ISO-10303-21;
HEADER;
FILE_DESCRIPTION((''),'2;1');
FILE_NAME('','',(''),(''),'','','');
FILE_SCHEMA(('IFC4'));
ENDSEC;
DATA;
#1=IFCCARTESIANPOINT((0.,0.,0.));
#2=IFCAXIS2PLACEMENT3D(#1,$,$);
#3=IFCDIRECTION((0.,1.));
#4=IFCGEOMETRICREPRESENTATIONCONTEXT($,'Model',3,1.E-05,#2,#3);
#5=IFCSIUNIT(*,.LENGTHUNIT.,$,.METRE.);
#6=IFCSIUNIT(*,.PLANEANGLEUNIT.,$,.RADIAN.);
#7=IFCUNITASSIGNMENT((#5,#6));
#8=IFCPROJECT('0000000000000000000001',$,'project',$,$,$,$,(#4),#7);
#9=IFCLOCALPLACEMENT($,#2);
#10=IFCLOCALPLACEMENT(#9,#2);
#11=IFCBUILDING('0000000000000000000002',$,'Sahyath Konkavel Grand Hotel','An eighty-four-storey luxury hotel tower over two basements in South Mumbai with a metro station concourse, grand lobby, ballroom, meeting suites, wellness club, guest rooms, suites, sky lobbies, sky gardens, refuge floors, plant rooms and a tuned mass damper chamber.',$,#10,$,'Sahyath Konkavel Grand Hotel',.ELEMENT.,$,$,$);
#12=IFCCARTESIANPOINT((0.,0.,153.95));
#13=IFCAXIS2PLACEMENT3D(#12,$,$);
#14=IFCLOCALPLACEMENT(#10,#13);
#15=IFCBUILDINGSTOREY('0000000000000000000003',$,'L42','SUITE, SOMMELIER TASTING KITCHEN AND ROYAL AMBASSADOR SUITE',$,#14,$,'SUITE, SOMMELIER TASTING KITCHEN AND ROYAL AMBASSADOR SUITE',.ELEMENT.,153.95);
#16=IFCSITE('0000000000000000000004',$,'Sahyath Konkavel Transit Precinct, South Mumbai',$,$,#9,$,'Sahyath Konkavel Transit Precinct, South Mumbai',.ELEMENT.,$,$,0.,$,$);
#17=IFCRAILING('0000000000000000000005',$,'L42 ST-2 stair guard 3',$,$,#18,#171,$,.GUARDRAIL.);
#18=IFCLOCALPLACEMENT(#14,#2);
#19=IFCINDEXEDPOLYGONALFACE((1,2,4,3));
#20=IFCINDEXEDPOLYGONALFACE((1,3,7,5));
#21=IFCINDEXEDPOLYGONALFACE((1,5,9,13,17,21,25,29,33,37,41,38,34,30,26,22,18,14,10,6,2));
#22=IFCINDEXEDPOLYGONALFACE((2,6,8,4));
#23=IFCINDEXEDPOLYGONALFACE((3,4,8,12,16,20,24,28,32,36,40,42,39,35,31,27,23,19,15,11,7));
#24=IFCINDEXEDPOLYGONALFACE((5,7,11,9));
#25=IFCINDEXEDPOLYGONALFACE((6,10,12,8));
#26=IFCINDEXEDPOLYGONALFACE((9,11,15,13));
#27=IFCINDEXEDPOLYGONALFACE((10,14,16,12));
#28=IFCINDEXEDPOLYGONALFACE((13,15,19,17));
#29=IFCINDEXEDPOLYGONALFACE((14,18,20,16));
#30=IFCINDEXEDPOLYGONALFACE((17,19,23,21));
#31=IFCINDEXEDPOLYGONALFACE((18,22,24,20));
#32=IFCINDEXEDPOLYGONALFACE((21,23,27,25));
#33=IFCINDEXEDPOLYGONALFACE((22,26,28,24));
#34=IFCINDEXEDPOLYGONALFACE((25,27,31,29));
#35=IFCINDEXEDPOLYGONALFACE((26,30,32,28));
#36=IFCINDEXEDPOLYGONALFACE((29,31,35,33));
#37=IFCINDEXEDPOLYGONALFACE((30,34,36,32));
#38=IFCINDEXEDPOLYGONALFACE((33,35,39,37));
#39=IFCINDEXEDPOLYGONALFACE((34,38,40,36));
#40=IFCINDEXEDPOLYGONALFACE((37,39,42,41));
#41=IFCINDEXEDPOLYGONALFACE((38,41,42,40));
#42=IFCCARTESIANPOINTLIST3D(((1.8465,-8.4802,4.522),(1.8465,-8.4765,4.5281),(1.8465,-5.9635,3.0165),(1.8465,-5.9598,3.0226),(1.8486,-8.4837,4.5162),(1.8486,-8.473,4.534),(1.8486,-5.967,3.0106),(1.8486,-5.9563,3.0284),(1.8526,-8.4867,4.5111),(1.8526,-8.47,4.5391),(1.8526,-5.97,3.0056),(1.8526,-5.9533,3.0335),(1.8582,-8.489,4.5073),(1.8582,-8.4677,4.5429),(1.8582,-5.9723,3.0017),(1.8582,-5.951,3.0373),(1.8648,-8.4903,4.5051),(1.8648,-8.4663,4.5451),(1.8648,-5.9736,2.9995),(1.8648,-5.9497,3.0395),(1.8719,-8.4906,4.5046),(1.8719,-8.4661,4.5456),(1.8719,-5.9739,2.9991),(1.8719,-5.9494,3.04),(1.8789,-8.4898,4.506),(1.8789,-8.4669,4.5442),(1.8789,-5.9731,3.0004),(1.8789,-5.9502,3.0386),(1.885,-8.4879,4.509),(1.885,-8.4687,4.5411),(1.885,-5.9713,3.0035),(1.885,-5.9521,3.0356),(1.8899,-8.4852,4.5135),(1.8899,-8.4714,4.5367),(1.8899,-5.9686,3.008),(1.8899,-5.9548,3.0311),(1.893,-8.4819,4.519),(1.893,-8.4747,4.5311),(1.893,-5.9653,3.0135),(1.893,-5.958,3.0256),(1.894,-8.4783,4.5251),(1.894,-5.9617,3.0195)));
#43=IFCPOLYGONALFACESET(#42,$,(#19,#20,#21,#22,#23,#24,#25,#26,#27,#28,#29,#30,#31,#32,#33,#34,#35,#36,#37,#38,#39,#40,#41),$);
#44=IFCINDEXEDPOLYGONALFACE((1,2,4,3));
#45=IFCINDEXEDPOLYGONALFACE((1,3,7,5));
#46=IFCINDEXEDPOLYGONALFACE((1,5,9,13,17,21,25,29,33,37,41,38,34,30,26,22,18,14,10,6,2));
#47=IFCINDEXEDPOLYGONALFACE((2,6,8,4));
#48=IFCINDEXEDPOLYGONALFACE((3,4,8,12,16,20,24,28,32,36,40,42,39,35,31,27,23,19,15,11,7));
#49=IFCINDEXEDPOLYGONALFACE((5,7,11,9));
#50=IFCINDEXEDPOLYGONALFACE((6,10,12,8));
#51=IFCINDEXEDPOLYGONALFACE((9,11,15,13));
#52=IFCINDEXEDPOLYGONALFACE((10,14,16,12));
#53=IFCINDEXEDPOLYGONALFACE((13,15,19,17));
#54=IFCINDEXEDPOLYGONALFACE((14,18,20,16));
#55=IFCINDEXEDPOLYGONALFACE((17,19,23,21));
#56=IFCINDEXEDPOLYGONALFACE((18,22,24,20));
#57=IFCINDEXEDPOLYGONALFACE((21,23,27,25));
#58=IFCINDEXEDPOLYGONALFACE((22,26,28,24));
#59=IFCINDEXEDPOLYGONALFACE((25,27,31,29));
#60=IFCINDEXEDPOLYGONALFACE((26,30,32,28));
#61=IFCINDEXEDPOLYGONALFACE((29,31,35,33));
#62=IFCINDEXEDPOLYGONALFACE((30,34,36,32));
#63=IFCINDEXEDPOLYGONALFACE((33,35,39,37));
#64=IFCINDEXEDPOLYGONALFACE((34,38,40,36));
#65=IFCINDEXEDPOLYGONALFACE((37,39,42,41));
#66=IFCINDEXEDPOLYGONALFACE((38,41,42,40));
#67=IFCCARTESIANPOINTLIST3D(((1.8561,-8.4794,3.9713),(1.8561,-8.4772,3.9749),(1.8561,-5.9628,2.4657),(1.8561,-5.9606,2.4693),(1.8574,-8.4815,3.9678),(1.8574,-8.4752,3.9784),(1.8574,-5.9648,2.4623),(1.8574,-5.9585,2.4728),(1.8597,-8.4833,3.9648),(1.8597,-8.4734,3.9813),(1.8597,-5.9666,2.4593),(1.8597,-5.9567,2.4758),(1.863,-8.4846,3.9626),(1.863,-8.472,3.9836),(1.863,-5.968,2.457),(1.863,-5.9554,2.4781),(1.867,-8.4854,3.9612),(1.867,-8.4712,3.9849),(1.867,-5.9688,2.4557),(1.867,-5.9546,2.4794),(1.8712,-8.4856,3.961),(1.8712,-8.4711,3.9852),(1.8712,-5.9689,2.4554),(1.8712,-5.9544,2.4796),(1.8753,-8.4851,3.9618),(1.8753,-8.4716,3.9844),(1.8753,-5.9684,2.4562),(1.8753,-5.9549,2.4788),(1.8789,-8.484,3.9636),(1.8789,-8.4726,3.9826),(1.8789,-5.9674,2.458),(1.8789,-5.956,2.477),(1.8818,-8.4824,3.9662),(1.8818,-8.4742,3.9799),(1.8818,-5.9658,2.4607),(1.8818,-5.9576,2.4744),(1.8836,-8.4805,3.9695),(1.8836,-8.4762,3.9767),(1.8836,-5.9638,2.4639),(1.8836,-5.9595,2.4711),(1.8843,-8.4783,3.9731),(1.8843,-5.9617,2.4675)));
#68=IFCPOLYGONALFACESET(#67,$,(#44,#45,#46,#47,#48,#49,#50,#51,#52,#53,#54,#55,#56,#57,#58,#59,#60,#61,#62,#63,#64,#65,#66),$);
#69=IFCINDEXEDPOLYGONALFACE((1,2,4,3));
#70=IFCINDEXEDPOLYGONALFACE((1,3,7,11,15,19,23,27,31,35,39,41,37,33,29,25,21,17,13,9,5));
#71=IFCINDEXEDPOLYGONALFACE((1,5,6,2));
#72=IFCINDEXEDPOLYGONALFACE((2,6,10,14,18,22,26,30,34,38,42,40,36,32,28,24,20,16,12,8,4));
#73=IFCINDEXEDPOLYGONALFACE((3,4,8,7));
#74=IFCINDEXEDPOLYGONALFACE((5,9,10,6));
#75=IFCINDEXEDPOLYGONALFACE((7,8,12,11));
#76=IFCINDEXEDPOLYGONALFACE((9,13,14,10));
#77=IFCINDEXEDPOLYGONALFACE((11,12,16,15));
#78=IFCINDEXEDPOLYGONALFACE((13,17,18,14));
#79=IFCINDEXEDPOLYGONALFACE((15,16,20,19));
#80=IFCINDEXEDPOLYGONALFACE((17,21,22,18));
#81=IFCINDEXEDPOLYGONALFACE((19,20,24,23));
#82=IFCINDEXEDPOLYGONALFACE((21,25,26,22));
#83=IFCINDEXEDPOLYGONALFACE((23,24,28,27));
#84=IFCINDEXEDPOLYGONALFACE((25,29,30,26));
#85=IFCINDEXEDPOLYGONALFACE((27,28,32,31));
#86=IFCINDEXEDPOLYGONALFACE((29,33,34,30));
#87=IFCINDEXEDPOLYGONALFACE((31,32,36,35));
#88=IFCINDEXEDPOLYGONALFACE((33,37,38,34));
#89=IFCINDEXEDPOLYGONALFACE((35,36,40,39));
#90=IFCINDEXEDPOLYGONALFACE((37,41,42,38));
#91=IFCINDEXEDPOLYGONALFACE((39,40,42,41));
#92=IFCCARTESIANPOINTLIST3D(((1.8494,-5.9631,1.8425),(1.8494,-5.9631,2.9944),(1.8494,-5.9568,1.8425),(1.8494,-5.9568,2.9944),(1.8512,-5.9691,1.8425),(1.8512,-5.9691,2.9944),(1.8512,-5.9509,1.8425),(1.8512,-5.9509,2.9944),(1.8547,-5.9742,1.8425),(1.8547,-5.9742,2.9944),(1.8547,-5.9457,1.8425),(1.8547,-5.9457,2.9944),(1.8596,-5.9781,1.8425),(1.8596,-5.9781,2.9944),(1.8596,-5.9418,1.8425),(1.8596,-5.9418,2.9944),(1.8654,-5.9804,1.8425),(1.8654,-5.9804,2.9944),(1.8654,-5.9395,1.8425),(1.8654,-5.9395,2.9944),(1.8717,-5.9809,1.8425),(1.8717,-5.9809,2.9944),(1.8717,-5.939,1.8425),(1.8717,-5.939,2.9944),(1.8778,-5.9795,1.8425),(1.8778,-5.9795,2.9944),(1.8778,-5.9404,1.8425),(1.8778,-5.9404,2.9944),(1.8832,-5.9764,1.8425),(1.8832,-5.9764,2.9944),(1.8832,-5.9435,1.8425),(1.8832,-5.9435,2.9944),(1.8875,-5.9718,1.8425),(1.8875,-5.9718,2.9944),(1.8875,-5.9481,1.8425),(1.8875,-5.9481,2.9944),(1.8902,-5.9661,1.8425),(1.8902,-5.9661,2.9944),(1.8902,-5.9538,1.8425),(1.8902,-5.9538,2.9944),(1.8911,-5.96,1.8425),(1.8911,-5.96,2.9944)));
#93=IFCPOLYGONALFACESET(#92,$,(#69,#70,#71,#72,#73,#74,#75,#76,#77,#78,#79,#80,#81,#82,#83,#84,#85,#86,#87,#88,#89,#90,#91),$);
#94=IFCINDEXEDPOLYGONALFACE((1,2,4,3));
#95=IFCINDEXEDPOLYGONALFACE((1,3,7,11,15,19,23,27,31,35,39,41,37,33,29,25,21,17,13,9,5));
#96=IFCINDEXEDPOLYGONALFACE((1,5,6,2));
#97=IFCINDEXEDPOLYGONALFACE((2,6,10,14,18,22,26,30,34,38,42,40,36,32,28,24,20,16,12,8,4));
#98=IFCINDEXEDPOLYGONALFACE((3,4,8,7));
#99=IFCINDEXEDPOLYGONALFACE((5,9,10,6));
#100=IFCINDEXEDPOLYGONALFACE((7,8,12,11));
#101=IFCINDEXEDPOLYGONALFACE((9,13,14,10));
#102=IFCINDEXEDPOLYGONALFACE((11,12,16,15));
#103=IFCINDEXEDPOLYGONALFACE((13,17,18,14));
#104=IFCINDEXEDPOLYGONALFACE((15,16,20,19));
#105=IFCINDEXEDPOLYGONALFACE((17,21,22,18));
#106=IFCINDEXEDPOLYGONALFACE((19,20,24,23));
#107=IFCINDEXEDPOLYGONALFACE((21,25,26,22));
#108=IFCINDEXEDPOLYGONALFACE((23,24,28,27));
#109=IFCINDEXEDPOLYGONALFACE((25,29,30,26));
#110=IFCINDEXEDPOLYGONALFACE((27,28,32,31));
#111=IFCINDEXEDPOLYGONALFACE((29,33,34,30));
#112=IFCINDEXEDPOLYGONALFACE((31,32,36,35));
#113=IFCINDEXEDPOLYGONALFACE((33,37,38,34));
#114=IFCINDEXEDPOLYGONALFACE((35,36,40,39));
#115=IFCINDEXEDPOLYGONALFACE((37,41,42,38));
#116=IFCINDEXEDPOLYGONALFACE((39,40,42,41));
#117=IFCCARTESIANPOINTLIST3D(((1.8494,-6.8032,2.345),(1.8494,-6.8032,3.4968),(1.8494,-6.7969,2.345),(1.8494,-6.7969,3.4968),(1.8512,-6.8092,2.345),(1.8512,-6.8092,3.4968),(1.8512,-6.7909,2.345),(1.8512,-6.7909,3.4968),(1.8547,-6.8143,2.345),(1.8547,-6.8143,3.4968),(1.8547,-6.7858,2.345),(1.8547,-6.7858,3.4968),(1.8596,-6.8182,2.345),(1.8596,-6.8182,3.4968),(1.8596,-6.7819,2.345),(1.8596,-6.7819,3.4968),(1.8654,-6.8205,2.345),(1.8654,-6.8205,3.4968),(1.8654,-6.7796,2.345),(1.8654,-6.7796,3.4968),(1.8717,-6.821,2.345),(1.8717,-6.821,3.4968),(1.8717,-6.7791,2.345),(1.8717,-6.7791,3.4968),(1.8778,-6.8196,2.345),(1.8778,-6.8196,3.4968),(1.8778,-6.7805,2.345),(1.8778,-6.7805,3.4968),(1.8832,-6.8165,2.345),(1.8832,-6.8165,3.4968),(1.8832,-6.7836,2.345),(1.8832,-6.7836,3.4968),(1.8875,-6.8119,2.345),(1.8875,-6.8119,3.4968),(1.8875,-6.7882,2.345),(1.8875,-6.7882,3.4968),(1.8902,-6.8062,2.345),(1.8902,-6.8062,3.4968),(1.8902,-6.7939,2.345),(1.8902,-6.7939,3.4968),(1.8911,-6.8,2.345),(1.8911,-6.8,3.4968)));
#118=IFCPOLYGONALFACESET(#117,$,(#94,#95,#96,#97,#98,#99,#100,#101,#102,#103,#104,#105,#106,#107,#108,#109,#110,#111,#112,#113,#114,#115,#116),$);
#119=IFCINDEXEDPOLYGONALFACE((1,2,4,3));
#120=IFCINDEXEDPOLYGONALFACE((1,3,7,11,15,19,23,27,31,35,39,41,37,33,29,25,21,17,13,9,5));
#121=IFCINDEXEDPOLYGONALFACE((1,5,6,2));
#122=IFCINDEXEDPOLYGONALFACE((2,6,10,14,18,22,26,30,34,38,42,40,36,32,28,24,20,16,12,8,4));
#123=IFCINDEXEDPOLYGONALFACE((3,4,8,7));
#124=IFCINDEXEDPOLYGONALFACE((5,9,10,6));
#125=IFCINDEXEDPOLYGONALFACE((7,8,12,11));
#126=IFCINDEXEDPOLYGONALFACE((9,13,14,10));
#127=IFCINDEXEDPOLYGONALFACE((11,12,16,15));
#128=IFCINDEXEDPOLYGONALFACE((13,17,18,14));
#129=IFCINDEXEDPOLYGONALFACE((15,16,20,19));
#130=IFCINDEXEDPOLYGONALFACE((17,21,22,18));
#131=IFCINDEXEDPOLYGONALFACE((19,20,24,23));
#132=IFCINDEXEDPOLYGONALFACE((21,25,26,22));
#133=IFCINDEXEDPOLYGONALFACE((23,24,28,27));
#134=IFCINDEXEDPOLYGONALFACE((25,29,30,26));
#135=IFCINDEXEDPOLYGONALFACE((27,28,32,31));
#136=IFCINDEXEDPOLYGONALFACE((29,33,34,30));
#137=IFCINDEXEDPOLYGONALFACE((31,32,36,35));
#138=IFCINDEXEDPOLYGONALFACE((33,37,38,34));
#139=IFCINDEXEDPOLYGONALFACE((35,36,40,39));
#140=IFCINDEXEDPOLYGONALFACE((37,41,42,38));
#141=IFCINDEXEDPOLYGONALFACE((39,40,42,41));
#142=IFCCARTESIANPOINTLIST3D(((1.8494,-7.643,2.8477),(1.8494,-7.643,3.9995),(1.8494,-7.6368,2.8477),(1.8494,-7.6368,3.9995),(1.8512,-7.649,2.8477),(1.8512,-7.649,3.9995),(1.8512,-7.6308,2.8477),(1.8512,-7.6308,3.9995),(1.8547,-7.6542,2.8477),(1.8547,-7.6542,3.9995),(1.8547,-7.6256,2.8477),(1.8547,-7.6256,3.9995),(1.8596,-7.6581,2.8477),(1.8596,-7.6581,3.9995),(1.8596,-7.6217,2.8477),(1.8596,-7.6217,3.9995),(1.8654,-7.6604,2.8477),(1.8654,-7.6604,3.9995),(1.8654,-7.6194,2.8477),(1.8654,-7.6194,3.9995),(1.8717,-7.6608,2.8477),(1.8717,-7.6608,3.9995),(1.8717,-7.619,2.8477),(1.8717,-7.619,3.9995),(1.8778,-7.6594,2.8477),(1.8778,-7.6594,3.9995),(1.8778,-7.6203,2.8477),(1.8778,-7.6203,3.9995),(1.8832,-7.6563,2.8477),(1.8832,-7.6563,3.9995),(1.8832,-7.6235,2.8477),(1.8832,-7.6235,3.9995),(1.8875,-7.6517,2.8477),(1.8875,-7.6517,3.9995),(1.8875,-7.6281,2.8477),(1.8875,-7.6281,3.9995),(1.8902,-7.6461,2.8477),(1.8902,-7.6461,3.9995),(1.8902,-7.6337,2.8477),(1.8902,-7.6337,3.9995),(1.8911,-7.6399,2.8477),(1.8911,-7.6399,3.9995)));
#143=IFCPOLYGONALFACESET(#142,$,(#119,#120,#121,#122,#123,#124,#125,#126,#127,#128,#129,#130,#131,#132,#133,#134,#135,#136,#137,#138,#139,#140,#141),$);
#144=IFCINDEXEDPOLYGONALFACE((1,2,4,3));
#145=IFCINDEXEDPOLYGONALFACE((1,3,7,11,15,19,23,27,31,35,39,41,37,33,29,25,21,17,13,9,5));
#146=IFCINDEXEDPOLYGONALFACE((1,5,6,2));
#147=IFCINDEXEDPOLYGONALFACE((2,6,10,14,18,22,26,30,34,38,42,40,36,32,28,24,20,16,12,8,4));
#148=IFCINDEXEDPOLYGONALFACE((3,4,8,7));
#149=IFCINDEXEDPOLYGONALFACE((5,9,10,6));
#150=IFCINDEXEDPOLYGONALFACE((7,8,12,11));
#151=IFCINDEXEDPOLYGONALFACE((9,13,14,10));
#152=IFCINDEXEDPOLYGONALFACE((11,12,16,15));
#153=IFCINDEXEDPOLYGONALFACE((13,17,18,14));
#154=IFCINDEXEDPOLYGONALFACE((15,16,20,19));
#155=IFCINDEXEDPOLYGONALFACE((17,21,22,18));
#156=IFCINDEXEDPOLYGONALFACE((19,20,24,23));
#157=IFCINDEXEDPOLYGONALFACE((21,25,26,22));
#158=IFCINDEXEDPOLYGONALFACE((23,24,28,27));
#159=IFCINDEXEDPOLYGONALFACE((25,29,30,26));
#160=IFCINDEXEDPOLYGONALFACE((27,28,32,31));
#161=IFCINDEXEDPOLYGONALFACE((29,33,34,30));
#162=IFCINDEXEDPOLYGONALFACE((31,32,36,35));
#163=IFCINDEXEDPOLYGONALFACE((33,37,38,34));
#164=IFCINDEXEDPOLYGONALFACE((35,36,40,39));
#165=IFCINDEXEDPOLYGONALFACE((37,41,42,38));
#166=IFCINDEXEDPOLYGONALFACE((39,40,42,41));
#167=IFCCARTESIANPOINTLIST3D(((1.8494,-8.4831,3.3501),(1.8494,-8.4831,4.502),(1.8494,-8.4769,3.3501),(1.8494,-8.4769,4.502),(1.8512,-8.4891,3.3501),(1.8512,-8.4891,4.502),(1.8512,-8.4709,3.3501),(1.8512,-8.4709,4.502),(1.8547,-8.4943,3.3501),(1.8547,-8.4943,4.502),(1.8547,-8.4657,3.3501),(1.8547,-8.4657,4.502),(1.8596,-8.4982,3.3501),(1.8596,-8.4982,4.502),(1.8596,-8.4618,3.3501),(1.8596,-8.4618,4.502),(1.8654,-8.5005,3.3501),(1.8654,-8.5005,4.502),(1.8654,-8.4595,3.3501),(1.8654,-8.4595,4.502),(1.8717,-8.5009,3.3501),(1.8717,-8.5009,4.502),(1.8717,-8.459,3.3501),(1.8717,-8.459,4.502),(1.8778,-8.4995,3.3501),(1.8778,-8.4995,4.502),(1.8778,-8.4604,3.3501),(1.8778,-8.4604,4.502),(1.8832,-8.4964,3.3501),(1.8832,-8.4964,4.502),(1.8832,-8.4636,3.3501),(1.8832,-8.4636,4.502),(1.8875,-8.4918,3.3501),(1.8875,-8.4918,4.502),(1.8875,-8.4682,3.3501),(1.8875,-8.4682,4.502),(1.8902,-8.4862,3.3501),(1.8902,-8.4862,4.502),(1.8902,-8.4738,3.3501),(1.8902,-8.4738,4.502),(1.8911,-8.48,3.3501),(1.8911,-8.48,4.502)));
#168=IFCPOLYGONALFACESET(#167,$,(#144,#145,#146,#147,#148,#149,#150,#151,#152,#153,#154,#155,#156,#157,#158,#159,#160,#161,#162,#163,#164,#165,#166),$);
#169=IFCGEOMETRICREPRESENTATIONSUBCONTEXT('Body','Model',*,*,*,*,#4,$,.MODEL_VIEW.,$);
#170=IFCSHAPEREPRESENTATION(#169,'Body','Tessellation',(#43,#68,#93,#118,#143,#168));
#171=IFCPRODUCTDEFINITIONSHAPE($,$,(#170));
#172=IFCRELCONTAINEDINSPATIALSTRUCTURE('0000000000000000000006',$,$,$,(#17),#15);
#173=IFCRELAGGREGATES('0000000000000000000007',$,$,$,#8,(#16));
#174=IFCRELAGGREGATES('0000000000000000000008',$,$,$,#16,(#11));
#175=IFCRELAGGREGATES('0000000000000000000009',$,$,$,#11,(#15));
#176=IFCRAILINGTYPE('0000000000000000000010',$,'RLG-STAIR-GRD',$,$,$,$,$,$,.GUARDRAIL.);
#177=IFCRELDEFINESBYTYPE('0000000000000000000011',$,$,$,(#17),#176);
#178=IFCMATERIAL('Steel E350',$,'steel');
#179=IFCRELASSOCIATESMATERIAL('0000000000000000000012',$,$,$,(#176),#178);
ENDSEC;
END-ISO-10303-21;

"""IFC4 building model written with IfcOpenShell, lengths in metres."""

from ifc_helpers import new_model, si_unit, direction, frame, origin, origin_2d, place, context, subcontext, project, spatial, circle, extrude, material, type_object, element, save


model = new_model("IFC4")

# Units and contexts
model_context = context("Model", 3, precision=1e-05, world=origin(), true_north=direction((0.0, 1.0)))
body_context = subcontext(model_context, "Body", "Model", "MODEL_VIEW")
ifc_project = project(units=[si_unit("LENGTHUNIT", "METRE"), si_unit("PLANEANGLEUNIT", "RADIAN")], contexts=[model_context])

# Site, building, storey
site_placement = place(None, origin())
site = spatial("IfcSite", under=ifc_project, at=site_placement, Name="Sahyath Konkavel Transit Precinct, South Mumbai", LongName="Sahyath Konkavel Transit Precinct, South Mumbai", CompositionType="ELEMENT", RefElevation=0.0)
building_placement = place(site_placement, origin())
building = spatial("IfcBuilding", under=site, at=building_placement, Name="Sahyath Konkavel Grand Hotel", Description="An eighty-four-storey luxury hotel tower over two basements in South Mumbai with a metro station concourse, grand lobby, ballroom, meeting suites, wellness club, guest rooms, suites, sky lobbies, sky gardens, refuge floors, plant rooms and a tuned mass damper chamber.", LongName="Sahyath Konkavel Grand Hotel", CompositionType="ELEMENT")
storey_placement = place(building_placement, frame((0.0, 0.0, 153.95)))
storey = spatial("IfcBuildingStorey", under=building, at=storey_placement, Name="L42", Description="SUITE, SOMMELIER TASTING KITCHEN AND ROYAL AMBASSADOR SUITE", LongName="SUITE, SOMMELIER TASTING KITCHEN AND ROYAL AMBASSADOR SUITE", CompositionType="ELEMENT", Elevation=153.95)

# Shared definitions
ifc_material_1 = material(Name="Steel E350", Category="steel")

# Railing
railing_type_1 = type_object("IfcRailingType", Name="RLG-STAIR-GRD", PredefinedType="GUARDRAIL", material=ifc_material_1)
railing_1_placement = place(storey_placement, frame((1.8701, -5.96, 1.8425)))
element("IfcRailing", 1, at=railing_1_placement, inside=storey, type_object=railing_type_1, Name="L42 ST-2 stair guard 3", PredefinedType="GUARDRAIL", context=body_context, shape_type="SweptSolid", body=[
    extrude(circle(Radius=0.0239, at=origin_2d()), frame((0.0, -0.0017, 1.177), z_axis=(0.0, -0.85816, 0.513383), x_axis=(1.0, 0.0, 0.0)), (0.0, 0.0, 1.0), 2.9326),
    extrude(circle(Radius=0.0142, at=origin_2d()), frame((0.0, -0.0017, 0.625), z_axis=(0.0, -0.85816, 0.513383), x_axis=(1.0, 0.0, 0.0)), (0.0, 0.0, 1.0), 2.9326),
    extrude(circle(Radius=0.021, at=origin_2d()), origin(), (0.0, 0.0, 1.0), 1.1519),
    extrude(circle(Radius=0.021, at=origin_2d()), frame((0.0, -0.8401, 0.5024)), (0.0, 0.0, 1.0), 1.1519),
    extrude(circle(Radius=0.021, at=origin_2d()), frame((0.0, -1.6799, 1.0051)), (0.0, 0.0, 1.0), 1.1519),
    extrude(circle(Radius=0.021, at=origin_2d()), frame((0.0, -2.52, 1.5076)), (0.0, 0.0, 1.0), 1.1519),
])

save(model, "model.ifc")
